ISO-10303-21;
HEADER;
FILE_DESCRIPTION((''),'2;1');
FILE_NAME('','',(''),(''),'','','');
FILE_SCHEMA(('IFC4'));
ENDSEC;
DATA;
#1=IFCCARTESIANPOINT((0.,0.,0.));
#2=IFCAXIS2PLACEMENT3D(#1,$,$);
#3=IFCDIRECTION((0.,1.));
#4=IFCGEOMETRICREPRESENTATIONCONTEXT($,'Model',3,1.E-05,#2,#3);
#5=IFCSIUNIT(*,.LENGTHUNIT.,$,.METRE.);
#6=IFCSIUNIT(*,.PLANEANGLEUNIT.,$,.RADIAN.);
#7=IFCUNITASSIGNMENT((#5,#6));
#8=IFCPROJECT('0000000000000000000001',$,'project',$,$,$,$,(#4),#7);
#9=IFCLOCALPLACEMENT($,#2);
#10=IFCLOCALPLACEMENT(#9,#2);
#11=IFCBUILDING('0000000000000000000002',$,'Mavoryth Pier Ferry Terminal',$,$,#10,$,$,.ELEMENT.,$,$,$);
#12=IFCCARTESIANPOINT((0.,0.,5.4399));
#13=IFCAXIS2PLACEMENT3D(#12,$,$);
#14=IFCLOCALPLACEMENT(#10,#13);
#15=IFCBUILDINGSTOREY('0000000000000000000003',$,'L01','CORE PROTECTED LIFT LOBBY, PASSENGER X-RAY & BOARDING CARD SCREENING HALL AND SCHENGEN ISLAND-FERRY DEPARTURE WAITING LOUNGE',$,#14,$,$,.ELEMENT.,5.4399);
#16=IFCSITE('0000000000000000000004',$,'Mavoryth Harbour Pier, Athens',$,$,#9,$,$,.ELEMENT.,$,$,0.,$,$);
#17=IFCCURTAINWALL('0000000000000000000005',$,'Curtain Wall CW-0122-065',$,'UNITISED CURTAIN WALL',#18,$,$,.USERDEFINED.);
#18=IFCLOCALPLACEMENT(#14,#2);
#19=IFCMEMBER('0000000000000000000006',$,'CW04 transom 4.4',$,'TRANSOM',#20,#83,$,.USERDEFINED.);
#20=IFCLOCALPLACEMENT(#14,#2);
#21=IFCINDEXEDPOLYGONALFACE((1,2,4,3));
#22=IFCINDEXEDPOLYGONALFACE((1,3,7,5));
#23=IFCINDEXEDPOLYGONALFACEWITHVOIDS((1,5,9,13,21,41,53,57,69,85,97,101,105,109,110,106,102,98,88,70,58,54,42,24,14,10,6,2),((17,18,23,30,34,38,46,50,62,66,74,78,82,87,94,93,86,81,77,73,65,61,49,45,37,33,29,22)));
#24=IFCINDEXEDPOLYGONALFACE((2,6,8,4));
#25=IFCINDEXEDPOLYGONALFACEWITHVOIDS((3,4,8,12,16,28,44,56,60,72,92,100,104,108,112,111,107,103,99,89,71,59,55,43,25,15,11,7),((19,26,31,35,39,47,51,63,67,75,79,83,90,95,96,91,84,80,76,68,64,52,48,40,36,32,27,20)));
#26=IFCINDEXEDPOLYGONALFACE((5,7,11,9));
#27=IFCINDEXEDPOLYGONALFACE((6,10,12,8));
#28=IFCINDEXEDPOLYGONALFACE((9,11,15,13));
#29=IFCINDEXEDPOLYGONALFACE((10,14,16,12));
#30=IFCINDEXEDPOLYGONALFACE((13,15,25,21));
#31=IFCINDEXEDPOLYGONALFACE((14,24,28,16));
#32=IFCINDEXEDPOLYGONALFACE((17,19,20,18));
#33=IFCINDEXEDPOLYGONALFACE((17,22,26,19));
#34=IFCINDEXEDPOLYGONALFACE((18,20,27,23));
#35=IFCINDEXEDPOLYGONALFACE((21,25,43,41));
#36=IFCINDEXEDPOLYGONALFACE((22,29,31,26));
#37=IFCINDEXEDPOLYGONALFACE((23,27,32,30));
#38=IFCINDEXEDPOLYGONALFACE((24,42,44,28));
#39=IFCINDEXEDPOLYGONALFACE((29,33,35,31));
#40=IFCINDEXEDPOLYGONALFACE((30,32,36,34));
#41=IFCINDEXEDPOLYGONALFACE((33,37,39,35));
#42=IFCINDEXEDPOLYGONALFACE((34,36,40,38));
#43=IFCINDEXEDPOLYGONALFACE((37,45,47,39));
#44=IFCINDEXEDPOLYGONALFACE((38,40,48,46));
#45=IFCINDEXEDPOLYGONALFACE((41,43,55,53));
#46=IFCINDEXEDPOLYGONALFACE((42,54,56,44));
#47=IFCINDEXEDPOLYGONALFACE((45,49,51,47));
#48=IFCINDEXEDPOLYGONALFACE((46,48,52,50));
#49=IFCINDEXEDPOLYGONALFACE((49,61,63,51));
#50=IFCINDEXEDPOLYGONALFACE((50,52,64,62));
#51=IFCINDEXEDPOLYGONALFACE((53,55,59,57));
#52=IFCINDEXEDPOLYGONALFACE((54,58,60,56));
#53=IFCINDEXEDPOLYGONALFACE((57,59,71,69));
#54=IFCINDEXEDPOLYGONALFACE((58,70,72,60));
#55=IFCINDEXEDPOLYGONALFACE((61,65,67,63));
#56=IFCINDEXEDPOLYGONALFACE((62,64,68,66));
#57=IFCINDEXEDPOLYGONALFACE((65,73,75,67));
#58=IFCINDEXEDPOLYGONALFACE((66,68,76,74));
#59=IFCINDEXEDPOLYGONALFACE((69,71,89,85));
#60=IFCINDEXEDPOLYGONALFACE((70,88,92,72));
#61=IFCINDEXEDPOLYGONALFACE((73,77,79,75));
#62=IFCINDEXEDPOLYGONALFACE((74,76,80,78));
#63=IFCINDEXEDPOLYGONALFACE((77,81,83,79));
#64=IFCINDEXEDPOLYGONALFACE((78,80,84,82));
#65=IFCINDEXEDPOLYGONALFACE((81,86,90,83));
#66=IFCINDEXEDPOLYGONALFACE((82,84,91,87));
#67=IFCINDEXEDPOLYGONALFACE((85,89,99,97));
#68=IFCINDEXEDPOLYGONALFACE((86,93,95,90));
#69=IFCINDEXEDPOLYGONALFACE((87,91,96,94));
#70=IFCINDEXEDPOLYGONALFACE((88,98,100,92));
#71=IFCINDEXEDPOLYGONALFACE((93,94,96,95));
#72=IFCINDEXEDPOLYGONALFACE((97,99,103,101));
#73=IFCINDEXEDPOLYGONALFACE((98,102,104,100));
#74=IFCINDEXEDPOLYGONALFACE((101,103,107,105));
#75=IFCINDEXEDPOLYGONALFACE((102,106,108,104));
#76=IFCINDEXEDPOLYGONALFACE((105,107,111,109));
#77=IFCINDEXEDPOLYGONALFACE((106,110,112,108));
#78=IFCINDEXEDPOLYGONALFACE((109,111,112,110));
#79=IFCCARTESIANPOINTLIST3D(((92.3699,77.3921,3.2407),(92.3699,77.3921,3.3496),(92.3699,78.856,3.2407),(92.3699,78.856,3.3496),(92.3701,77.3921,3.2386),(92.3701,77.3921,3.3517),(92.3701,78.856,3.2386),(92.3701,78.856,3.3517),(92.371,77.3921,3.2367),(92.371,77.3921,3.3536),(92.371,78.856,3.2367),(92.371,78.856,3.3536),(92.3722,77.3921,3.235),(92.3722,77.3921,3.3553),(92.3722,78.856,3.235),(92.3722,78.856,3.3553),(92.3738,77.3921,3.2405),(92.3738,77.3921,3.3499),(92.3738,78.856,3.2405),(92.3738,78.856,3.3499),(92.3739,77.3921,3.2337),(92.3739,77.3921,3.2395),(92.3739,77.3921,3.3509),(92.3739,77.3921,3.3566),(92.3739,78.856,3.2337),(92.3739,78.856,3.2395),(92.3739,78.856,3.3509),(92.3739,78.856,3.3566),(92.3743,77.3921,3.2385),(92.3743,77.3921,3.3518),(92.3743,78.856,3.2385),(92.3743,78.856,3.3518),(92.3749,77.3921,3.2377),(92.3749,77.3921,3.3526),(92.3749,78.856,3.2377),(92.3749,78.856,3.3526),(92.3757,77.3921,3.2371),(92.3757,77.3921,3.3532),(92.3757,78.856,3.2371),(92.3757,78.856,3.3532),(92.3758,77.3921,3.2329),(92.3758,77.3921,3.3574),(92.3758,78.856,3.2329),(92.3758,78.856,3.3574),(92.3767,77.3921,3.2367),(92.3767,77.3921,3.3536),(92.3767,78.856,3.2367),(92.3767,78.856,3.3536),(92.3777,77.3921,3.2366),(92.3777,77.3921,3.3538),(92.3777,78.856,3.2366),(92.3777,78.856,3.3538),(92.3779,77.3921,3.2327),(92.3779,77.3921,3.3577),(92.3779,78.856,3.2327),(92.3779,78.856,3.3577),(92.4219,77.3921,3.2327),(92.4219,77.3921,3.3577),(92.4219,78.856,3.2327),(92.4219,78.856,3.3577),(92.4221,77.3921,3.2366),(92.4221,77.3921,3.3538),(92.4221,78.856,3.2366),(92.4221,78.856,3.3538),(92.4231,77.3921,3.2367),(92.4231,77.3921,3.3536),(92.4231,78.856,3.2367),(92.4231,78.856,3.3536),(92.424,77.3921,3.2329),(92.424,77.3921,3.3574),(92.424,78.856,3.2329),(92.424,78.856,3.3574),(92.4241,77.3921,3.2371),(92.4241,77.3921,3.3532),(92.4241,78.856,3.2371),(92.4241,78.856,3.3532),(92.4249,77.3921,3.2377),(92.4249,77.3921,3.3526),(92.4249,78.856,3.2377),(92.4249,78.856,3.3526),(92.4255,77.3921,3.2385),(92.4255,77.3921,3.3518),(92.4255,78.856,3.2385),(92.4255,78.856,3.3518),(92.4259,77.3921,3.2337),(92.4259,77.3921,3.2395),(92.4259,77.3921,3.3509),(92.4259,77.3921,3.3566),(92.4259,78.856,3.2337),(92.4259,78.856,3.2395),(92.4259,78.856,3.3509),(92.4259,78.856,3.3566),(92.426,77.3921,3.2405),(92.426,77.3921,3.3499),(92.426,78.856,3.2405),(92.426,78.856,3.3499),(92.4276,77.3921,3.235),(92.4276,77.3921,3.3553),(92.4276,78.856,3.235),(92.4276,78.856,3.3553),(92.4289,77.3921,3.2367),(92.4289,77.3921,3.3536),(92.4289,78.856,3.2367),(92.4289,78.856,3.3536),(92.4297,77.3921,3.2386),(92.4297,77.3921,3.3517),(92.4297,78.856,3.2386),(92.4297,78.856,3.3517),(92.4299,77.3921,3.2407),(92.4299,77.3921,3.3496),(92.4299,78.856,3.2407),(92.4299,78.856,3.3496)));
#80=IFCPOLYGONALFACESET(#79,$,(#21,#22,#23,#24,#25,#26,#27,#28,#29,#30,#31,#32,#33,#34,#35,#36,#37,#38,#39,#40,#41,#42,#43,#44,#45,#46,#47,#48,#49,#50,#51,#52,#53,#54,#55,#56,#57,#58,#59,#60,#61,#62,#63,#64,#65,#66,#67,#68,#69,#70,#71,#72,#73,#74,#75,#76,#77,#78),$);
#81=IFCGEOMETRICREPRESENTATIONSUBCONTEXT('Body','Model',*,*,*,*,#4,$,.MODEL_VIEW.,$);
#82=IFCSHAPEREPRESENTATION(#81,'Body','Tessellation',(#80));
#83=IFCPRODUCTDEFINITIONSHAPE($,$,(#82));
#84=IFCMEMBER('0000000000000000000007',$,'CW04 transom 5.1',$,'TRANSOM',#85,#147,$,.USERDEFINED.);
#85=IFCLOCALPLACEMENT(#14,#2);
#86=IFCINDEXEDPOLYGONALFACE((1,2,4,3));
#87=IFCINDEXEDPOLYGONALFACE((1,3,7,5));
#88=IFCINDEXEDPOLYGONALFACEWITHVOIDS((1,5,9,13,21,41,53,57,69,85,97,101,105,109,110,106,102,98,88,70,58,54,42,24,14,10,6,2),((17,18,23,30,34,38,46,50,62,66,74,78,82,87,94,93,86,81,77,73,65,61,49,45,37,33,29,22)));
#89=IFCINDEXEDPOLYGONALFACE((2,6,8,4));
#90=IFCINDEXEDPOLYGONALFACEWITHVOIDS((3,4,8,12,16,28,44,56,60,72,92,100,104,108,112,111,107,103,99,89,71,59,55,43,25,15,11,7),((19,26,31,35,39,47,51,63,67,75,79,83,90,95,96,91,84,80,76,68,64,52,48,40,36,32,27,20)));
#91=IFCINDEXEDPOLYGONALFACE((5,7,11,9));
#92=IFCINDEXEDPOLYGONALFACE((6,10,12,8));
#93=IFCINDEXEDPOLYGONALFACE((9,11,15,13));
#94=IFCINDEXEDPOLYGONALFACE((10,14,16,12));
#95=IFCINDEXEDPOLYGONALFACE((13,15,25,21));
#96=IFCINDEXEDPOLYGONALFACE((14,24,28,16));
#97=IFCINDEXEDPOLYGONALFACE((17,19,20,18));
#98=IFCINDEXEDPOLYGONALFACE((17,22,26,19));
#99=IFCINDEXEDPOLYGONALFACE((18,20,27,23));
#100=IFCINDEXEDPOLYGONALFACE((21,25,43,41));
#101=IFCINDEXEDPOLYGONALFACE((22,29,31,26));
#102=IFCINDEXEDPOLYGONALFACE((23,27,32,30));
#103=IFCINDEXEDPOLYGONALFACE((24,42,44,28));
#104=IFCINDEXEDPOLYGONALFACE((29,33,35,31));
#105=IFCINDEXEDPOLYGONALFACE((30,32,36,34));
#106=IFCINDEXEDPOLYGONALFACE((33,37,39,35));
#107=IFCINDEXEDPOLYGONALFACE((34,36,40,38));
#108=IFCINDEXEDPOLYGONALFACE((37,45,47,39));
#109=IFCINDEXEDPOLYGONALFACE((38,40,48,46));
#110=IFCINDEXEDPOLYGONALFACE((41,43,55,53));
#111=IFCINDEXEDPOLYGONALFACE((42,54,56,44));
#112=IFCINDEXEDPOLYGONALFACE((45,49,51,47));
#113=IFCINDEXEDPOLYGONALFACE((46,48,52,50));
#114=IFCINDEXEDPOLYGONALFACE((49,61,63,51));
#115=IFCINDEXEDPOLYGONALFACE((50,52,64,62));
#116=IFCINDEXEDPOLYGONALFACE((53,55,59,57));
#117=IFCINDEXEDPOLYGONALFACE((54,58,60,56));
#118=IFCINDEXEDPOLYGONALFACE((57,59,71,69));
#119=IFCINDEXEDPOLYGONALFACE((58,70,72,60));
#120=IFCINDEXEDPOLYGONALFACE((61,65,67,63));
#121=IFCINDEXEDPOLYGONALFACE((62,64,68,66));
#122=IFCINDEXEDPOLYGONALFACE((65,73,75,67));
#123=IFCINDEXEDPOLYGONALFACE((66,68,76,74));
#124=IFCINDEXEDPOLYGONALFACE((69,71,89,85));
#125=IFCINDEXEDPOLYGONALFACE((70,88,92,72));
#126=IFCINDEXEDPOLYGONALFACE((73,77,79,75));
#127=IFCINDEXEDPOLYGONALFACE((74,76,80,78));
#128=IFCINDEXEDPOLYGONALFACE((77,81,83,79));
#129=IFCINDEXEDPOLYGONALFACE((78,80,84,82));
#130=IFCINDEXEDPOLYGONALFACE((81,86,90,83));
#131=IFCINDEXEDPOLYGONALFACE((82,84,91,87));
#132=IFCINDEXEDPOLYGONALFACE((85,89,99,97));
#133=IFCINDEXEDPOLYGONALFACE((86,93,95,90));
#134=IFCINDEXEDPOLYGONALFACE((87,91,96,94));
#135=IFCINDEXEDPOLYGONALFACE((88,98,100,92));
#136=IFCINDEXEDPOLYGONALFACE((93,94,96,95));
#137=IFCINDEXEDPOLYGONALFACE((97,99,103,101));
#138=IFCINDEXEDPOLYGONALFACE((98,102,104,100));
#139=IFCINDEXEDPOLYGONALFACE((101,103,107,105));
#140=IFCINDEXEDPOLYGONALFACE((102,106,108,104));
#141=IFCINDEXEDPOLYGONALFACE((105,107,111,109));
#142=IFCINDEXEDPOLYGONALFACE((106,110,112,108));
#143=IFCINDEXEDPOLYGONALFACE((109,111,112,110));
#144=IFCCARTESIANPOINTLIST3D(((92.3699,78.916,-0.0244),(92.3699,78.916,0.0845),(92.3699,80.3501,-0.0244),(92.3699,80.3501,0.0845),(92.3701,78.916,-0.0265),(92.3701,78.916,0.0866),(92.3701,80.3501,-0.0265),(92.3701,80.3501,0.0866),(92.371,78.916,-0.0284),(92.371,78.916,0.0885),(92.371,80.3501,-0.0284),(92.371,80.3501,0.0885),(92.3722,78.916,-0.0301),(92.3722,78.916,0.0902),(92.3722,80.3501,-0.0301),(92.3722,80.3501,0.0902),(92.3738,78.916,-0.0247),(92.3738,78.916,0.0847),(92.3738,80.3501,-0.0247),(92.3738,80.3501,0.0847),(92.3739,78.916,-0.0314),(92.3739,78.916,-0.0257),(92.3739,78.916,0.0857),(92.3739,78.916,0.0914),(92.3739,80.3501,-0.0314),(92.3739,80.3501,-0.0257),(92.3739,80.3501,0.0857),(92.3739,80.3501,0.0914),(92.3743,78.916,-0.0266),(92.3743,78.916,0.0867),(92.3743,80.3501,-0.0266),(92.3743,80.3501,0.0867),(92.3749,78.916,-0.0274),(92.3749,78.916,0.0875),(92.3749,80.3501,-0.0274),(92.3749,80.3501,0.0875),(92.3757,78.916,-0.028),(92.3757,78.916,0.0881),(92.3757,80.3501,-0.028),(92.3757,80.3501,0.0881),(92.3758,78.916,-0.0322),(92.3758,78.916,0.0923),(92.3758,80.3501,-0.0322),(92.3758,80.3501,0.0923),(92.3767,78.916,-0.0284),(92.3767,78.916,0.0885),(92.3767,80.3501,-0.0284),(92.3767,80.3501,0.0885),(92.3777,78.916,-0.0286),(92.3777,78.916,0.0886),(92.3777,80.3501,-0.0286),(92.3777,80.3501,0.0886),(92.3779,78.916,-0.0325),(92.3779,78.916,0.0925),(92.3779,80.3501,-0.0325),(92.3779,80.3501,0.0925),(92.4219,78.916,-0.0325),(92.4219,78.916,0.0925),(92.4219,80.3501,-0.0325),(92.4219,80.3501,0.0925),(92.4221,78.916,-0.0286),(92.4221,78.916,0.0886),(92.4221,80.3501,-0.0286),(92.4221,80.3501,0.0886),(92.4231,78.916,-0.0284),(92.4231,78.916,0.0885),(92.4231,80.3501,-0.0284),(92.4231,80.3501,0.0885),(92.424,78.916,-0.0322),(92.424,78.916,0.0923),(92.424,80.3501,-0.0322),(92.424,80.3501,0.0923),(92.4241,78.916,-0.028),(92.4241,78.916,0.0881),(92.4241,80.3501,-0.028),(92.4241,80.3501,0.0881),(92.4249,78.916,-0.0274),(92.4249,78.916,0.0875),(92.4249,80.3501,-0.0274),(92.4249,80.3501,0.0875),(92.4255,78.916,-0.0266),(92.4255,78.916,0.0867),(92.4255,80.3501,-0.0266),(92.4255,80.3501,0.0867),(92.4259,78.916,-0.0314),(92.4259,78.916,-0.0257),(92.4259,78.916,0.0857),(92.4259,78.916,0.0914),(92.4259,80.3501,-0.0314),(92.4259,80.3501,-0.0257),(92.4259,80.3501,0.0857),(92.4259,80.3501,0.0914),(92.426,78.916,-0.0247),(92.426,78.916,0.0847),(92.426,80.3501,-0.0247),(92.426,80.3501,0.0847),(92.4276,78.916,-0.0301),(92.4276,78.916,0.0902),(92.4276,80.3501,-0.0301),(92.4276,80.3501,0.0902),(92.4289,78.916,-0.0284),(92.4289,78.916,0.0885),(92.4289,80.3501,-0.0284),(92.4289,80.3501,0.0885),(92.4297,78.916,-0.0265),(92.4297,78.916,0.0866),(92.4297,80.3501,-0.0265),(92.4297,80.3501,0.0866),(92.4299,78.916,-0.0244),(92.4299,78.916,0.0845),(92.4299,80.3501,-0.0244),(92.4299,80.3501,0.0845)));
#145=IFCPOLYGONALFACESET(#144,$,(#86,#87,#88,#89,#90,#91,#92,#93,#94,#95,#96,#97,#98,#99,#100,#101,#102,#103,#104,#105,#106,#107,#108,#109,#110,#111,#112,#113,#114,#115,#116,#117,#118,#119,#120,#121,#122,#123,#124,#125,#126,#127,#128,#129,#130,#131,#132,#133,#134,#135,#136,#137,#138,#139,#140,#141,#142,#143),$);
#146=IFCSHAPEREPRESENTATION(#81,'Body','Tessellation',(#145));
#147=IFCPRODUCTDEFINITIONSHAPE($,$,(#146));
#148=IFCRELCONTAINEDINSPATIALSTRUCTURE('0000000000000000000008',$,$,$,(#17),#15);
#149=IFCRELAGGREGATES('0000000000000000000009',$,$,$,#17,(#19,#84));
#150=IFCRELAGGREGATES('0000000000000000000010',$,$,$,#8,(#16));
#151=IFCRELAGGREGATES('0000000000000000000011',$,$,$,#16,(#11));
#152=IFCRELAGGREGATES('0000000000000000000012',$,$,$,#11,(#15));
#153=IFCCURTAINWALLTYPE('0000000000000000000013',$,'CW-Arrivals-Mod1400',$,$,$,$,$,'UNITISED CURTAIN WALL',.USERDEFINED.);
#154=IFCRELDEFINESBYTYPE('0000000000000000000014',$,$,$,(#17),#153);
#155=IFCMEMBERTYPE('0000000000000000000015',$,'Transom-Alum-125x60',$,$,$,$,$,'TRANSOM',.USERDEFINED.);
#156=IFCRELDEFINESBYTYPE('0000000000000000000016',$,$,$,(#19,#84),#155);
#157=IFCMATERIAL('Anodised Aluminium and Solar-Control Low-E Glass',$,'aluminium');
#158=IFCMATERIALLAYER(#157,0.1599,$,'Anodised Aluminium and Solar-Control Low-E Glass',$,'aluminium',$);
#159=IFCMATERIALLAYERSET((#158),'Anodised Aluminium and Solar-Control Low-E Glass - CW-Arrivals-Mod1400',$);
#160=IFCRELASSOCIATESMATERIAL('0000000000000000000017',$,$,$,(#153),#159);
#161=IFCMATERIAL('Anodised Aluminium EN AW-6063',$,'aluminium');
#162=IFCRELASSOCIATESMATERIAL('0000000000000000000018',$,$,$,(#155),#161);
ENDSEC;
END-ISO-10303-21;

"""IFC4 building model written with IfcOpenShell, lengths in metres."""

from ifc_helpers import new_model, si_unit, direction, frame, origin, origin_2d, place, context, subcontext, project, spatial, hollow_rectangle, extrude, material, layer, layer_set, material_profile, profile_set, type_object, element, aggregate, save


model = new_model("IFC4")

# Units and contexts
model_context = context("Model", 3, precision=1e-05, world=origin(), true_north=direction((0.0, 1.0)))
body_context = subcontext(model_context, "Body", "Model", "MODEL_VIEW")
ifc_project = project(units=[si_unit("LENGTHUNIT", "METRE"), si_unit("PLANEANGLEUNIT", "RADIAN")], contexts=[model_context])

# Site, building, storey
site_placement = place(None, origin())
site = spatial("IfcSite", under=ifc_project, at=site_placement, Name="Mavoryth Harbour Pier, Athens", CompositionType="ELEMENT", RefElevation=0.0)
building_placement = place(site_placement, origin())
building = spatial("IfcBuilding", under=site, at=building_placement, Name="Mavoryth Pier Ferry Terminal", CompositionType="ELEMENT")
storey_placement = place(building_placement, frame((0.0, 0.0, 5.4399)))
storey = spatial("IfcBuildingStorey", under=building, at=storey_placement, Name="L01", Description="CORE PROTECTED LIFT LOBBY, PASSENGER X-RAY & BOARDING CARD SCREENING HALL AND SCHENGEN ISLAND-FERRY DEPARTURE WAITING LOUNGE", CompositionType="ELEMENT", Elevation=5.4399)

# Curtain wall
ifc_material_1 = material(Name="Anodised Aluminium and Solar-Control Low-E Glass", Category="aluminium")
ifc_layer_1 = layer(ifc_material_1, 0.1599, Name="Anodised Aluminium and Solar-Control Low-E Glass", Category="aluminium")
ifc_layer_set_1 = layer_set([ifc_layer_1], Name="Anodised Aluminium and Solar-Control Low-E Glass - CW-Arrivals-Mod1400")
curtain_wall_type = type_object("IfcCurtainWallType", Name="CW-Arrivals-Mod1400", ElementType="UNITISED CURTAIN WALL", PredefinedType="USERDEFINED", material=ifc_layer_set_1)
curtain_wall_1_placement = place(storey_placement, origin())
curtain_wall_1 = element("IfcCurtainWall", 1, at=curtain_wall_1_placement, inside=storey, type_object=curtain_wall_type, Name="Curtain Wall CW-0122-065", ObjectType="UNITISED CURTAIN WALL", PredefinedType="USERDEFINED")
ifc_material_2 = material(Name="Anodised Aluminium EN AW-6063", Category="aluminium")

# Members
ifc_material_profile_1 = material_profile(ifc_material_2, hollow_rectangle(XDim=0.0601, YDim=0.125, WallThickness=0.0039, InnerFilletRadius=0.0039, OuterFilletRadius=0.0081, at=origin_2d()), Name="AL-TRAN 125x60x4", Category="aluminium")
ifc_profile_set_1 = profile_set([ifc_material_profile_1], Name="Anodised Aluminium EN AW-6063 - AL-TRAN 125x60x4")
member_type_1 = type_object("IfcMemberType", Name="Transom-Alum-125x60", ElementType="TRANSOM", PredefinedType="USERDEFINED", material=ifc_profile_set_1)
member_1_placement = place(storey_placement, frame((92.3999, 77.3921, 3.2952), z_axis=(0.0, 1.0, 0.0), x_axis=(-1.0, 0.0, 0.0)))
member_1 = element("IfcMember", 2, at=member_1_placement, type_object=member_type_1, Name="CW04 transom 4.4", ObjectType="TRANSOM", PredefinedType="USERDEFINED", context=body_context, shape_type="SweptSolid", body=[
    extrude(hollow_rectangle(XDim=0.0601, YDim=0.125, WallThickness=0.0039, InnerFilletRadius=0.0039, OuterFilletRadius=0.0081, at=origin_2d()), origin(), (0.0, 0.0, 1.0), 1.4639),
])
member_2_placement = place(storey_placement, frame((92.3999, 78.916, 0.03), z_axis=(0.0, 1.0, 0.0), x_axis=(-1.0, 0.0, 0.0)))
member_2 = element("IfcMember", 3, at=member_2_placement, type_object=member_type_1, Name="CW04 transom 5.1", ObjectType="TRANSOM", PredefinedType="USERDEFINED", context=body_context, shape_type="SweptSolid", body=[
    extrude(hollow_rectangle(XDim=0.0601, YDim=0.125, WallThickness=0.0039, InnerFilletRadius=0.0039, OuterFilletRadius=0.0081, at=origin_2d()), origin(), (0.0, 0.0, 1.0), 1.4341),
])

aggregate(curtain_wall_1, [member_1, member_2])

save(model, "model.ifc")
